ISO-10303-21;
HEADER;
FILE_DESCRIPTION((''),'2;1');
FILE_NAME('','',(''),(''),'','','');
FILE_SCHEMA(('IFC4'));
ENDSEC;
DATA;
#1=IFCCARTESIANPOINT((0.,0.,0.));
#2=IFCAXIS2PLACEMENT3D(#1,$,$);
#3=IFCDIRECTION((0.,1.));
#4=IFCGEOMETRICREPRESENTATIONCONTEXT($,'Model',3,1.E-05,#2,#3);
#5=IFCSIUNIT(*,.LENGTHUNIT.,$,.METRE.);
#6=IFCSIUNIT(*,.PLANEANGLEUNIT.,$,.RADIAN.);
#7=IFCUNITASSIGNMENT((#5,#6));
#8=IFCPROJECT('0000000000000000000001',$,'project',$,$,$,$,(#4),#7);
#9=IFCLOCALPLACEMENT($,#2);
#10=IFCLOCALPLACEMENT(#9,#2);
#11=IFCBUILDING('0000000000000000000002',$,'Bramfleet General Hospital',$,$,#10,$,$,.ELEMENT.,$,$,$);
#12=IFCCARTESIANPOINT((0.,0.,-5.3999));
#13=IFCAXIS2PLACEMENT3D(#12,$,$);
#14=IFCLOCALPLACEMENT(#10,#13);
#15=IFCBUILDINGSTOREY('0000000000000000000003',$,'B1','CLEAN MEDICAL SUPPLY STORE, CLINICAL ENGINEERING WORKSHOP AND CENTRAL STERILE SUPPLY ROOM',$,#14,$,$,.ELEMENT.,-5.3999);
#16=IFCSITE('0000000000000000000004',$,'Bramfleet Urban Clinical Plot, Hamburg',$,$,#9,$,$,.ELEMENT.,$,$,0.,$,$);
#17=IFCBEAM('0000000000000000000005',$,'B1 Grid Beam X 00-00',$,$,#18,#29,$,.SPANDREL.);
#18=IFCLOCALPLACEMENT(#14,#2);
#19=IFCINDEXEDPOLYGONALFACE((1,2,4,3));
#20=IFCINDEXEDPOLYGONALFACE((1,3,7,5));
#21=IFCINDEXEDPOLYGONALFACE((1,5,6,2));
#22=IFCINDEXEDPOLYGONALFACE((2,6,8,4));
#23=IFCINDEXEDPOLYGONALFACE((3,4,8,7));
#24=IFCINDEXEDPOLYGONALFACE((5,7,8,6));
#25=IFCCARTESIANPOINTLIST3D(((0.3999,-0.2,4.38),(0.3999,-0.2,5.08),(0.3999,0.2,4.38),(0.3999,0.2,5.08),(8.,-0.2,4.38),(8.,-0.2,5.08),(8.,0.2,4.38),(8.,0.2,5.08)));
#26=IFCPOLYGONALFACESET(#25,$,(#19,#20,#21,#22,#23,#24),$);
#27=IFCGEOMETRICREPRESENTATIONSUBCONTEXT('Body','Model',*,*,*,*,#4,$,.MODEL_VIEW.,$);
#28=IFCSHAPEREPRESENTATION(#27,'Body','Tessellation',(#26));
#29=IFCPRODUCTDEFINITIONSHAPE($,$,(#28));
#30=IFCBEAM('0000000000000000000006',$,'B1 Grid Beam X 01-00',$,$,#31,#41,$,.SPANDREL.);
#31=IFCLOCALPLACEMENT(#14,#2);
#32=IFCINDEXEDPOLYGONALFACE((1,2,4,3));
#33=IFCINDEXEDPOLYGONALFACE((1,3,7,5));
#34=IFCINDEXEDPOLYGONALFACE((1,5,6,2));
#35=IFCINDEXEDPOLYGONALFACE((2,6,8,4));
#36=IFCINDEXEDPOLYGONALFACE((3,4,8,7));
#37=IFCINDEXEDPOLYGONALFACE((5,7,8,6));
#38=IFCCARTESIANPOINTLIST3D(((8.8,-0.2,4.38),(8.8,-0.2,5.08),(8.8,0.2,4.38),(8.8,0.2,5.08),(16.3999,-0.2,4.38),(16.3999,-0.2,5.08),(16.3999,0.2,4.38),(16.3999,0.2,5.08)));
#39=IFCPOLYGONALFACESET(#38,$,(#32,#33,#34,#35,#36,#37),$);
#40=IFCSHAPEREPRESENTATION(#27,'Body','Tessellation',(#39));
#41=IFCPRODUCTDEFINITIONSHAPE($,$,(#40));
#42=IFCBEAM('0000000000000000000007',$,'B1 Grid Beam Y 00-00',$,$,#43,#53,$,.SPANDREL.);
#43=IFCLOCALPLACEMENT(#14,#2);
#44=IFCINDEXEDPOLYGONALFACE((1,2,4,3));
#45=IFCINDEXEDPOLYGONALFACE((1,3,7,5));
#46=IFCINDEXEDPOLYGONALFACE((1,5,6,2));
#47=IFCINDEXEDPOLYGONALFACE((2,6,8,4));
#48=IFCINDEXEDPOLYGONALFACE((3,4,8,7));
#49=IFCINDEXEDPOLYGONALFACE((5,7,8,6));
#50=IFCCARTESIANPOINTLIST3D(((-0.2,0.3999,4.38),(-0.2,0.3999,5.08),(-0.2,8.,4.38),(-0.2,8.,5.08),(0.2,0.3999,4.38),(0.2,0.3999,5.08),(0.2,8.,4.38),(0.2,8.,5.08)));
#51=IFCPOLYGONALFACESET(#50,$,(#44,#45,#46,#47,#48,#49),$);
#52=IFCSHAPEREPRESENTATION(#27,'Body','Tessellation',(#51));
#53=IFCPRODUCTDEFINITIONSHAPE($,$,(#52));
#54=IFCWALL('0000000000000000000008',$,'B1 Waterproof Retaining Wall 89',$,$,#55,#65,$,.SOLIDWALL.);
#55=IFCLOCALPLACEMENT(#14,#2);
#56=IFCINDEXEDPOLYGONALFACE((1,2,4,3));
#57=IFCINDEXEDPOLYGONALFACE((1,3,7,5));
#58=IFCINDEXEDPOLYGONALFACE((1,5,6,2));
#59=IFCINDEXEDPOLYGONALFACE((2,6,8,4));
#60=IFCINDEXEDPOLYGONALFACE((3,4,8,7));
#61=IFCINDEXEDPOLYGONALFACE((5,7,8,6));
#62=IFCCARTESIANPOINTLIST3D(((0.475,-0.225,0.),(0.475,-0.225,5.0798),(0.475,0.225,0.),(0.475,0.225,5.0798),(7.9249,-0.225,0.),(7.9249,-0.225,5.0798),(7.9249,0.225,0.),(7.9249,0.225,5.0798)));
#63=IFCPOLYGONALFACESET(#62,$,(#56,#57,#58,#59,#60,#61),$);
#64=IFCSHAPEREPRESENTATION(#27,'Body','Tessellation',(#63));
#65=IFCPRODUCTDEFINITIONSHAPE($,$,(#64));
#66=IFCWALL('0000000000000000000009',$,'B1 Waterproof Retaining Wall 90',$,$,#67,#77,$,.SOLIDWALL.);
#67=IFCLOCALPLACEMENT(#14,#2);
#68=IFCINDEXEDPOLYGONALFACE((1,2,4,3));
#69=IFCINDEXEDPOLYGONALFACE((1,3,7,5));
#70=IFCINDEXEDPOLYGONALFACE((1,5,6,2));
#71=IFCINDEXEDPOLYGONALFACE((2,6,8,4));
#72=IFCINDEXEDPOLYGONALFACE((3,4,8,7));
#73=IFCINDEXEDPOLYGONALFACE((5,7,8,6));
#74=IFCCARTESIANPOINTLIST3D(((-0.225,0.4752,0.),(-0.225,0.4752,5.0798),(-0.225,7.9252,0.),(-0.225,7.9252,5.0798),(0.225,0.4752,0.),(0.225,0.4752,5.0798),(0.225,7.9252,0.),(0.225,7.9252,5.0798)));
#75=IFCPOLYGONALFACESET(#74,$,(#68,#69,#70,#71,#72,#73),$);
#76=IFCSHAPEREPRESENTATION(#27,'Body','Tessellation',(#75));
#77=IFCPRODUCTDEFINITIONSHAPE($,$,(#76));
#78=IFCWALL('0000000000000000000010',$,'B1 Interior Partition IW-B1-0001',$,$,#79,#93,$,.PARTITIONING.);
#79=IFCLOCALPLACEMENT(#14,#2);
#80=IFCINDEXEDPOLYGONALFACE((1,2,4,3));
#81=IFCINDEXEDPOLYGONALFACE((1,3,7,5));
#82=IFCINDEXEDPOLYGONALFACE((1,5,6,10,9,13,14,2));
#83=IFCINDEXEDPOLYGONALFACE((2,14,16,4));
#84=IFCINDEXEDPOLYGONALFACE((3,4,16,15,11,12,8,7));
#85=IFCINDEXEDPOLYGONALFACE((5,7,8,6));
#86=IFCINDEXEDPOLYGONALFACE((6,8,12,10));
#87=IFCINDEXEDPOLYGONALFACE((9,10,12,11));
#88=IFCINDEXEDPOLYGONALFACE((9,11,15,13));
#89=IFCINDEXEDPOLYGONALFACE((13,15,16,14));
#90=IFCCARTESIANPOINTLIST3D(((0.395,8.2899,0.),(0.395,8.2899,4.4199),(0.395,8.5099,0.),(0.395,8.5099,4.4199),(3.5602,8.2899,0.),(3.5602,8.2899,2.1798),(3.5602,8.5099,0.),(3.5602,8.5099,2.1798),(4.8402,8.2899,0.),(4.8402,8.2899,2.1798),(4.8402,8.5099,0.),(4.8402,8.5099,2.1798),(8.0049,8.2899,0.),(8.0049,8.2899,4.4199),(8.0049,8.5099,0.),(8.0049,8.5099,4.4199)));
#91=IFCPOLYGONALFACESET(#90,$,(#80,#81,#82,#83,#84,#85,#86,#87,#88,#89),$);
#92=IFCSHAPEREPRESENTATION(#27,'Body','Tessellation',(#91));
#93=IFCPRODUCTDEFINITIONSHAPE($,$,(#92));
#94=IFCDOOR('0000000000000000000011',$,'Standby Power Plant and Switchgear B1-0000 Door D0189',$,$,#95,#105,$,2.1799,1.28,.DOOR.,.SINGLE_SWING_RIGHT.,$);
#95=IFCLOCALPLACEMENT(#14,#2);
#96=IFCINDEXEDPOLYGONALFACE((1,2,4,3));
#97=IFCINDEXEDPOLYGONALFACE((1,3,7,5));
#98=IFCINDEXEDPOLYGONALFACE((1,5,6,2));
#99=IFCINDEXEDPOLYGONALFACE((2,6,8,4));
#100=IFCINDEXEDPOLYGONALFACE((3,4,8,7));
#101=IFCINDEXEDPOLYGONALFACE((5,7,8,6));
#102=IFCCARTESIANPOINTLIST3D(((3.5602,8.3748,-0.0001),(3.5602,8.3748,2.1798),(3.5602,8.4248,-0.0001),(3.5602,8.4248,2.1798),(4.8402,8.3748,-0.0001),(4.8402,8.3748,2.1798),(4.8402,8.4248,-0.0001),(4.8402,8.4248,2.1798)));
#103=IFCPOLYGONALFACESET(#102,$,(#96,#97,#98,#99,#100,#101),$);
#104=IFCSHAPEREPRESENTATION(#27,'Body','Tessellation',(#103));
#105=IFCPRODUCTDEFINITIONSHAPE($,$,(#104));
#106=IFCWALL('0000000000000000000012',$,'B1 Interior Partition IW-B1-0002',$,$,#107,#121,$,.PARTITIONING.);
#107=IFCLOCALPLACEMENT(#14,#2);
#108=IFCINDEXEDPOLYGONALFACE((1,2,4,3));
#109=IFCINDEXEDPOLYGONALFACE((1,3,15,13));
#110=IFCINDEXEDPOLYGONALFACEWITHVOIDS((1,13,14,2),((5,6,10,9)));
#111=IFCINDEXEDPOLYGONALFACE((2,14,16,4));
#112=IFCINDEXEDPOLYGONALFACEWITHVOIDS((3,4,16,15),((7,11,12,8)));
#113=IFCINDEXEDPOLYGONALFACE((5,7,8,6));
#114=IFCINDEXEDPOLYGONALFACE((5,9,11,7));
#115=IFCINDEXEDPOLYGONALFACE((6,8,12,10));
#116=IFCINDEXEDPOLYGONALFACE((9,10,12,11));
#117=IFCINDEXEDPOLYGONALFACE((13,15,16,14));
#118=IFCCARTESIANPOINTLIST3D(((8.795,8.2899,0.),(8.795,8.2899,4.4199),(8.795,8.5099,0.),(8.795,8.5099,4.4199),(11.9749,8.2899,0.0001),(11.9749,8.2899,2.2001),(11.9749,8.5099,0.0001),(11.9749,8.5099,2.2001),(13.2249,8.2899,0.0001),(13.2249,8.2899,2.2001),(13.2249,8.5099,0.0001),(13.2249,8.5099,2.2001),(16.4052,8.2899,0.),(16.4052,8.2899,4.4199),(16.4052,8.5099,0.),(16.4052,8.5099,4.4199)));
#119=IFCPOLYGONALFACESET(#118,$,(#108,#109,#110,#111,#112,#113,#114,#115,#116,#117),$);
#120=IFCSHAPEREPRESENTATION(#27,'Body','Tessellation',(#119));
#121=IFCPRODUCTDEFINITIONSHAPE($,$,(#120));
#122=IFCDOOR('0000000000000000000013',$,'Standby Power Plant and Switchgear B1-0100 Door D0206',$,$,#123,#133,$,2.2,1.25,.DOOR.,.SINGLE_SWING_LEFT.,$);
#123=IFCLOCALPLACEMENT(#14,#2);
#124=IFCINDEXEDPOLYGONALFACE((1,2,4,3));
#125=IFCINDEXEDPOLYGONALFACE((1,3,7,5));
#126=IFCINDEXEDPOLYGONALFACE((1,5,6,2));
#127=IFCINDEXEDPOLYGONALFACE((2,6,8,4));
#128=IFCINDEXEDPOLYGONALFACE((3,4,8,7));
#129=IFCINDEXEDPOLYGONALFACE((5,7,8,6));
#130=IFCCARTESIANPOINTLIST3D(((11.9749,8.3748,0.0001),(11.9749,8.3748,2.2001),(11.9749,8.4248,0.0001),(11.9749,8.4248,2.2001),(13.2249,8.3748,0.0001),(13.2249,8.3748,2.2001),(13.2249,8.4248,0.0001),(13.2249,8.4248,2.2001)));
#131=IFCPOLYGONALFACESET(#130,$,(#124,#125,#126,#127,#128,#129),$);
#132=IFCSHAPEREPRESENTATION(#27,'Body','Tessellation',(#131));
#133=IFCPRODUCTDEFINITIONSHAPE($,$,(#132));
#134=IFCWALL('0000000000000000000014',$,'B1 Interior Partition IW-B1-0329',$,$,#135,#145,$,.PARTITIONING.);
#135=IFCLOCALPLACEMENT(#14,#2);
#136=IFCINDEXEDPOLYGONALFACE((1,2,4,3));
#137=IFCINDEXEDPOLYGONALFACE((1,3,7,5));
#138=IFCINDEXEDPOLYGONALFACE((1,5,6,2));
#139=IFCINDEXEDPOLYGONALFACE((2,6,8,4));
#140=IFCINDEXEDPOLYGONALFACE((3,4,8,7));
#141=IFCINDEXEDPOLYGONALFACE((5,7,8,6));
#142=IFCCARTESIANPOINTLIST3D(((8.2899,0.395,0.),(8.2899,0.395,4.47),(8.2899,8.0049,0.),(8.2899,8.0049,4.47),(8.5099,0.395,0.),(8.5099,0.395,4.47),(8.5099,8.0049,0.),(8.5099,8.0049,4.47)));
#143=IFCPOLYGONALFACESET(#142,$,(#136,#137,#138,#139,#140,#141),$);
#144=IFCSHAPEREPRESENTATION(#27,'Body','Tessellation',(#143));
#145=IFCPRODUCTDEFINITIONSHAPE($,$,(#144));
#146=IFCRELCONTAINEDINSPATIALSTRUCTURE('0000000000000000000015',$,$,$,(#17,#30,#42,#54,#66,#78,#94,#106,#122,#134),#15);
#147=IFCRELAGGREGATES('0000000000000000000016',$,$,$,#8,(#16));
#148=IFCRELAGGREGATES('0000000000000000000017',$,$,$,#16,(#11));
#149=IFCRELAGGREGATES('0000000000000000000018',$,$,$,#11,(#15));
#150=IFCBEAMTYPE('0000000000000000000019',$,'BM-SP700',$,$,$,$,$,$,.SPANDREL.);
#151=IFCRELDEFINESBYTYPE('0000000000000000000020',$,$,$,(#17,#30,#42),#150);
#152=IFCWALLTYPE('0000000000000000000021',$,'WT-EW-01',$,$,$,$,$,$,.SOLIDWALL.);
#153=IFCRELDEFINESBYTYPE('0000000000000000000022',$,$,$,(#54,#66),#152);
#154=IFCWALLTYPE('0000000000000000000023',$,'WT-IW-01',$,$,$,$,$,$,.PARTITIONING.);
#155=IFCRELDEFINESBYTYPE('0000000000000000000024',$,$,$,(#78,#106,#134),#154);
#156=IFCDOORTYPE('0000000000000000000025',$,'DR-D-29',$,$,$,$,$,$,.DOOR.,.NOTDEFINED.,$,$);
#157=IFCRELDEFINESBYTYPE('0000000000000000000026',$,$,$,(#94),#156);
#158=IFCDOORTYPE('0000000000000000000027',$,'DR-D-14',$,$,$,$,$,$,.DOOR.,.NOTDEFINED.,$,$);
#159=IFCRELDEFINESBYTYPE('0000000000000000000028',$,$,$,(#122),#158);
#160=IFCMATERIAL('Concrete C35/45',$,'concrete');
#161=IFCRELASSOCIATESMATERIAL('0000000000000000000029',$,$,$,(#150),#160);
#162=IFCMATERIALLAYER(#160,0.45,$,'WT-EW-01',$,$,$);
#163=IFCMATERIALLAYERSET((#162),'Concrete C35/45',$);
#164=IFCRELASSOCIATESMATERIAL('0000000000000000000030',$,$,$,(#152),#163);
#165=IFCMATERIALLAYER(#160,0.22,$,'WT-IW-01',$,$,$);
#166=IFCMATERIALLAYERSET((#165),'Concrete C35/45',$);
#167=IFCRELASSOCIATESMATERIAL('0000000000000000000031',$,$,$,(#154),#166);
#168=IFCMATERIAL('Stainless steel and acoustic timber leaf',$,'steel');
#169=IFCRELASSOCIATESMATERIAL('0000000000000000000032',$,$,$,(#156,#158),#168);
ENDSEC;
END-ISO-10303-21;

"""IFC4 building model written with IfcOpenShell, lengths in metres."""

from ifc_helpers import new_model, si_unit, direction, frame, frame_2d, origin, origin_2d, place, context, subcontext, project, spatial, rectangle, extrude, material, layer, layer_set, material_profile, profile_set, type_object, element, fill, save


model = new_model("IFC4")

# Units and contexts
model_context = context("Model", 3, precision=1e-05, world=origin(), true_north=direction((0.0, 1.0)))
body_context = subcontext(model_context, "Body", "Model", "MODEL_VIEW")
ifc_project = project(units=[si_unit("LENGTHUNIT", "METRE"), si_unit("PLANEANGLEUNIT", "RADIAN")], contexts=[model_context])

# Site, building, storey
site_placement = place(None, origin())
site = spatial("IfcSite", under=ifc_project, at=site_placement, Name="Bramfleet Urban Clinical Plot, Hamburg", CompositionType="ELEMENT", RefElevation=0.0)
building_placement = place(site_placement, origin())
building = spatial("IfcBuilding", under=site, at=building_placement, Name="Bramfleet General Hospital", CompositionType="ELEMENT")
storey_placement = place(building_placement, frame((0.0, 0.0, -5.3999)))
storey = spatial("IfcBuildingStorey", under=building, at=storey_placement, Name="B1", Description="CLEAN MEDICAL SUPPLY STORE, CLINICAL ENGINEERING WORKSHOP AND CENTRAL STERILE SUPPLY ROOM", CompositionType="ELEMENT", Elevation=-5.3999)

# Shared definitions
ifc_material_1 = material(Name="Concrete C35/45", Category="concrete")

# Beams
ifc_material_profile_1 = material_profile(ifc_material_1, rectangle(XDim=0.3999, YDim=0.7, at=origin_2d()), Name="RC SP 700x400")
ifc_profile_set_1 = profile_set([ifc_material_profile_1], Name="Concrete C35/45")
beam_type_1 = type_object("IfcBeamType", Name="BM-SP700", PredefinedType="SPANDREL", material=ifc_profile_set_1)
beam_1_placement = place(storey_placement, frame((0.3999, 0.0, 4.73), z_axis=(1.0, 0.0, 0.0), x_axis=(0.0, 1.0, 0.0)))
element("IfcBeam", 1, at=beam_1_placement, inside=storey, type_object=beam_type_1, Name="B1 Grid Beam X 00-00", PredefinedType="SPANDREL", context=body_context, shape_type="SweptSolid", body=[
    extrude(rectangle(XDim=0.3999, YDim=0.7, at=origin_2d()), origin(), (0.0, 0.0, 1.0), 7.6001),
])
beam_2_placement = place(storey_placement, frame((8.8, 0.0, 4.73), z_axis=(1.0, 0.0, 0.0), x_axis=(0.0, 1.0, 0.0)))
element("IfcBeam", 2, at=beam_2_placement, inside=storey, type_object=beam_type_1, Name="B1 Grid Beam X 01-00", PredefinedType="SPANDREL", context=body_context, shape_type="SweptSolid", body=[
    extrude(rectangle(XDim=0.3999, YDim=0.7, at=origin_2d()), origin(), (0.0, 0.0, 1.0), 7.5999),
])
beam_3_placement = place(storey_placement, frame((0.0, 0.3999, 4.73), z_axis=(0.0, 1.0, 0.0), x_axis=(-1.0, 0.0, 0.0)))
element("IfcBeam", 3, at=beam_3_placement, inside=storey, type_object=beam_type_1, Name="B1 Grid Beam Y 00-00", PredefinedType="SPANDREL", context=body_context, shape_type="SweptSolid", body=[
    extrude(rectangle(XDim=0.3999, YDim=0.7, at=origin_2d()), origin(), (0.0, 0.0, 1.0), 7.6001),
])

# Walls
ifc_layer_1 = layer(ifc_material_1, 0.45, Name="WT-EW-01")
ifc_layer_set_1 = layer_set([ifc_layer_1], Name="Concrete C35/45")
wall_type_1 = type_object("IfcWallType", Name="WT-EW-01", PredefinedType="SOLIDWALL", material=ifc_layer_set_1)
for number, where, z_axis, x_axis, name in (
    (4, (7.925, 0.0, 0.0), (0.0, 0.0, 1.0), (-1.0, 0.0, 0.0), "B1 Waterproof Retaining Wall 89"),
    (5, (0.0, 0.4751, 0.0), (0.0, 0.0, 1.0), (0.0, 1.0, 0.0), "B1 Waterproof Retaining Wall 90"),
):
    element("IfcWall", number, at=place(storey_placement, frame(where, z_axis=z_axis, x_axis=x_axis)), inside=storey, type_object=wall_type_1, Name=name, PredefinedType="SOLIDWALL", context=body_context, shape_type="SweptSolid", body=[
        extrude(rectangle(XDim=7.45, YDim=0.45, at=frame_2d((3.7251, 0.0))), origin(), (0.0, 0.0, 1.0), 5.0798),
    ])

# Walls, openings, doors
ifc_layer_2 = layer(ifc_material_1, 0.22, Name="WT-IW-01")
ifc_layer_set_2 = layer_set([ifc_layer_2], Name="Concrete C35/45")
wall_type_2 = type_object("IfcWallType", Name="WT-IW-01", PredefinedType="PARTITIONING", material=ifc_layer_set_2)
wall_1_placement = place(storey_placement, frame((0.395, 8.3999, 0.0), z_axis=(0.0, 0.0, 1.0), x_axis=(1.0, 0.0, 0.0)))
wall_1 = element("IfcWall", 6, at=wall_1_placement, inside=storey, type_object=wall_type_2, Name="B1 Interior Partition IW-B1-0001", PredefinedType="PARTITIONING", context=body_context, shape_type="SweptSolid", body=[
    extrude(rectangle(XDim=7.6099, YDim=0.22, at=frame_2d((3.8049, 0.0))), origin(), (0.0, 0.0, 1.0), 4.4199),
])
opening_1_placement = place(wall_1_placement, frame((3.165, 0.0, 0.0)))
opening_1 = element("IfcOpeningElement", 7, at=opening_1_placement, cuts=wall_1, PredefinedType="OPENING", context=body_context, shape_type="SweptSolid", body=[
    extrude(rectangle(XDim=1.28, YDim=2.1799, at=frame_2d((0.6401, 1.0898))), frame((0.0, 0.1199, 0.0), z_axis=(0.0, -1.0, 0.0), x_axis=(1.0, 0.0, 0.0)), (0.0, 0.0, 1.0), 0.24),
])
ifc_material_2 = material(Name="Stainless steel and acoustic timber leaf", Category="steel")
door_type_1 = type_object("IfcDoorType", Name="DR-D-29", OperationType="NOTDEFINED", PredefinedType="DOOR", material=ifc_material_2)
door_1_placement = place(opening_1_placement, origin())
door_1 = element("IfcDoor", 8, at=door_1_placement, inside=storey, type_object=door_type_1, Name="Standby Power Plant and Switchgear B1-0000 Door D0189", OperationType="SINGLE_SWING_RIGHT", OverallHeight=2.1799, OverallWidth=1.28, PredefinedType="DOOR", context=body_context, shape_type="SweptSolid", body=[
    extrude(rectangle(XDim=1.28, YDim=2.1799, at=frame_2d((0.6401, 1.0898))), frame((0.0, 0.0249, 0.0), z_axis=(0.0, -1.0, 0.0), x_axis=(1.0, 0.0, 0.0)), (0.0, 0.0, 1.0), 0.05),
])
fill(opening_1, door_1)
wall_2_placement = place(storey_placement, frame((8.7949, 8.3999, 0.0), z_axis=(0.0, 0.0, 1.0), x_axis=(1.0, 0.0, 0.0)))
wall_2 = element("IfcWall", 9, at=wall_2_placement, inside=storey, type_object=wall_type_2, Name="B1 Interior Partition IW-B1-0002", PredefinedType="PARTITIONING", context=body_context, shape_type="SweptSolid", body=[
    extrude(rectangle(XDim=7.6101, YDim=0.22, at=frame_2d((3.8052, 0.0))), origin(), (0.0, 0.0, 1.0), 4.4199),
])
opening_2_placement = place(wall_2_placement, frame((3.1799, 0.0, 0.0)))
opening_2 = element("IfcOpeningElement", 10, at=opening_2_placement, cuts=wall_2, PredefinedType="OPENING", context=body_context, shape_type="SweptSolid", body=[
    extrude(rectangle(XDim=1.25, YDim=2.2, at=frame_2d((0.625, 1.1001))), frame((0.0, 0.1199, 0.0), z_axis=(0.0, -1.0, 0.0), x_axis=(1.0, 0.0, 0.0)), (0.0, 0.0, 1.0), 0.24),
])
door_type_2 = type_object("IfcDoorType", Name="DR-D-14", OperationType="NOTDEFINED", PredefinedType="DOOR", material=ifc_material_2)
door_2_placement = place(opening_2_placement, origin())
door_2 = element("IfcDoor", 11, at=door_2_placement, inside=storey, type_object=door_type_2, Name="Standby Power Plant and Switchgear B1-0100 Door D0206", OperationType="SINGLE_SWING_LEFT", OverallHeight=2.2, OverallWidth=1.25, PredefinedType="DOOR", context=body_context, shape_type="SweptSolid", body=[
    extrude(rectangle(XDim=1.25, YDim=2.2, at=frame_2d((0.625, 1.1001))), frame((0.0, 0.0249, 0.0), z_axis=(0.0, -1.0, 0.0), x_axis=(1.0, 0.0, 0.0)), (0.0, 0.0, 1.0), 0.05),
])
fill(opening_2, door_2)

# Wall
wall_3_placement = place(storey_placement, frame((8.3999, 0.395, 0.0), z_axis=(0.0, 0.0, 1.0), x_axis=(0.0, 1.0, 0.0)))
element("IfcWall", 12, at=wall_3_placement, inside=storey, type_object=wall_type_2, Name="B1 Interior Partition IW-B1-0329", PredefinedType="PARTITIONING", context=body_context, shape_type="SweptSolid", body=[
    extrude(rectangle(XDim=7.6099, YDim=0.22, at=frame_2d((3.8049, 0.0))), origin(), (0.0, 0.0, 1.0), 4.47),
])

save(model, "model.ifc")
